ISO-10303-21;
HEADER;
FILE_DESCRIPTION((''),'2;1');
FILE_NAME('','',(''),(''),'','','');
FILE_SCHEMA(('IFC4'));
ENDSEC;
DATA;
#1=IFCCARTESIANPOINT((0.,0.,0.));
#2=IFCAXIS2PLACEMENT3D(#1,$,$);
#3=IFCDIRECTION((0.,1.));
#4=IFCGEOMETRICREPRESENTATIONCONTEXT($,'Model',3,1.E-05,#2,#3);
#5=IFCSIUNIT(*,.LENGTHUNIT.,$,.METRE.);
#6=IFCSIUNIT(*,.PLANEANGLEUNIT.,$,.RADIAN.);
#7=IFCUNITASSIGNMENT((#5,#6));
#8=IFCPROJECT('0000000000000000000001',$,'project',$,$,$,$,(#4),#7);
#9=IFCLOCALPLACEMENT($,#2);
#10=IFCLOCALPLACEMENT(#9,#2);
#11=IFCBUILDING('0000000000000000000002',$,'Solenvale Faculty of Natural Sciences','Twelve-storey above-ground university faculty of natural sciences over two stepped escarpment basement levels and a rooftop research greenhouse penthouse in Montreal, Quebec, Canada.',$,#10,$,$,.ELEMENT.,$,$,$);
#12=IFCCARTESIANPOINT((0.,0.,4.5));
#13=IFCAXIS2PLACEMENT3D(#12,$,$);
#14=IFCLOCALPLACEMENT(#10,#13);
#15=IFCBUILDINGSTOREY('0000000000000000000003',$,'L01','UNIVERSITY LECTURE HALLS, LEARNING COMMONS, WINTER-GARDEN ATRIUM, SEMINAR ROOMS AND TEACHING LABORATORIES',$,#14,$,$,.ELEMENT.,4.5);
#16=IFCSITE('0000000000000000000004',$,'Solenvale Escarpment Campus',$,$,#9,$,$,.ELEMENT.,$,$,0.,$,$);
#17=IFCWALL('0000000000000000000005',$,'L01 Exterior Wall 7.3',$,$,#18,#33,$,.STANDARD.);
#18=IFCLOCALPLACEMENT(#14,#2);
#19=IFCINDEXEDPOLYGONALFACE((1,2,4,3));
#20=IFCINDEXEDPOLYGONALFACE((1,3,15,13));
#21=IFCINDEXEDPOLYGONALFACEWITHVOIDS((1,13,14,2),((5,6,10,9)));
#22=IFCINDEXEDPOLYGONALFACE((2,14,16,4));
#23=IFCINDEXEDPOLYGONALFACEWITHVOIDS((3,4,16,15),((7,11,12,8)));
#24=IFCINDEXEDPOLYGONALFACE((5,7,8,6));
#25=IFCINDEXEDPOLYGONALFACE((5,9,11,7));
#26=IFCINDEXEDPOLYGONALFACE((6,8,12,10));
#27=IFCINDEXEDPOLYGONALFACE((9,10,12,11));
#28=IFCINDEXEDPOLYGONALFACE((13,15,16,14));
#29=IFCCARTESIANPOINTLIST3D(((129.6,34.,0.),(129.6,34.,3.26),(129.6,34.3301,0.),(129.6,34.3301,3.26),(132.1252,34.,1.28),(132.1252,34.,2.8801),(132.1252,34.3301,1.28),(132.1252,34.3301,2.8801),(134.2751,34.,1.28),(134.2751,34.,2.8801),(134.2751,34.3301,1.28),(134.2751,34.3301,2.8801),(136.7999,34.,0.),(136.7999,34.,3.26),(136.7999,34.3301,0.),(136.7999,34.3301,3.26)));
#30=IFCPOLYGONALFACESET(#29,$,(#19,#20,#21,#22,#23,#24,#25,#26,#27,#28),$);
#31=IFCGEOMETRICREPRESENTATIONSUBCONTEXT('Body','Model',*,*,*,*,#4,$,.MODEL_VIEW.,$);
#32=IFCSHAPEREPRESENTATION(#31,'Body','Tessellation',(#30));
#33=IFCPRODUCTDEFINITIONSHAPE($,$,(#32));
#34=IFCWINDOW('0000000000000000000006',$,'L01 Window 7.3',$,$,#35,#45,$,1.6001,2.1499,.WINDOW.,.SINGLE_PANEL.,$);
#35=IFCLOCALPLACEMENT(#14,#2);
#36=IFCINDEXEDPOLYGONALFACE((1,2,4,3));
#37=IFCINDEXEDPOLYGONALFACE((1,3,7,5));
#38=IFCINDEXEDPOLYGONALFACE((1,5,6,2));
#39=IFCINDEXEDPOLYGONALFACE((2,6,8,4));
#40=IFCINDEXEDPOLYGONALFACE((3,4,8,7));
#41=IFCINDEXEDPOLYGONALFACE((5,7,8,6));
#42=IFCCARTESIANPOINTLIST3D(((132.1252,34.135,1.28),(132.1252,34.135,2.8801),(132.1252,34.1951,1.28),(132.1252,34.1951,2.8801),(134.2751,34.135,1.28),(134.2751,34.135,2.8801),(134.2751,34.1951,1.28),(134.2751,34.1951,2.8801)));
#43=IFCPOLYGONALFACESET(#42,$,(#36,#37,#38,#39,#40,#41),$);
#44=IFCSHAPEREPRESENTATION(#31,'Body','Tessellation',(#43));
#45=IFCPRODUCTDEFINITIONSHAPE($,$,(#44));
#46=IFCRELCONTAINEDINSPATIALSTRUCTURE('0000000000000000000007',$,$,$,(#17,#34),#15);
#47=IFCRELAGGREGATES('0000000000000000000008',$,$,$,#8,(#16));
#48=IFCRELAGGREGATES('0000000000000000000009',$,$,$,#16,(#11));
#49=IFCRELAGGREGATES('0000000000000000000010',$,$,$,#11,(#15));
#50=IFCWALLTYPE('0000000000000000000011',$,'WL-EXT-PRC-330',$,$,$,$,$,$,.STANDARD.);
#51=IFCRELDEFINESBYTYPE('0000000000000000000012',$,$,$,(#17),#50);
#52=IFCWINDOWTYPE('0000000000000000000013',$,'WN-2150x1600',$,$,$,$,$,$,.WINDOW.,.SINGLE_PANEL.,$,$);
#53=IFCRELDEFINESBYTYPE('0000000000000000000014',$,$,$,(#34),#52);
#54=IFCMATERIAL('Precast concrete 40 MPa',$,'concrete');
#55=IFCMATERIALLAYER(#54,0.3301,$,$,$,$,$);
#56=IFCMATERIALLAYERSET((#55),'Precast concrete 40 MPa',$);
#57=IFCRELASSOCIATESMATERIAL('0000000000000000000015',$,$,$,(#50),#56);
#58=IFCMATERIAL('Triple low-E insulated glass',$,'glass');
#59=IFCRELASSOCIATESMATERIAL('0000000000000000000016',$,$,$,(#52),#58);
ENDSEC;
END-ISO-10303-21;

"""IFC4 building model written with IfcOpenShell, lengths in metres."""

from ifc_helpers import new_model, si_unit, direction, frame, frame_2d, origin, place, context, subcontext, project, spatial, rectangle, extrude, material, layer, layer_set, type_object, element, fill, save


model = new_model("IFC4")

# Units and contexts
model_context = context("Model", 3, precision=1e-05, world=origin(), true_north=direction((0.0, 1.0)))
body_context = subcontext(model_context, "Body", "Model", "MODEL_VIEW")
ifc_project = project(units=[si_unit("LENGTHUNIT", "METRE"), si_unit("PLANEANGLEUNIT", "RADIAN")], contexts=[model_context])

# Site, building, storey
site_placement = place(None, origin())
site = spatial("IfcSite", under=ifc_project, at=site_placement, Name="Solenvale Escarpment Campus", CompositionType="ELEMENT", RefElevation=0.0)
building_placement = place(site_placement, origin())
building = spatial("IfcBuilding", under=site, at=building_placement, Name="Solenvale Faculty of Natural Sciences", Description="Twelve-storey above-ground university faculty of natural sciences over two stepped escarpment basement levels and a rooftop research greenhouse penthouse in Montreal, Quebec, Canada.", CompositionType="ELEMENT")
storey_placement = place(building_placement, frame((0.0, 0.0, 4.5)))
storey = spatial("IfcBuildingStorey", under=building, at=storey_placement, Name="L01", Description="UNIVERSITY LECTURE HALLS, LEARNING COMMONS, WINTER-GARDEN ATRIUM, SEMINAR ROOMS AND TEACHING LABORATORIES", CompositionType="ELEMENT", Elevation=4.5)

# Wall, opening, window
ifc_material_1 = material(Name="Precast concrete 40 MPa", Category="concrete")
ifc_material_2 = material(Name="Triple low-E insulated glass", Category="glass")
ifc_layer_1 = layer(ifc_material_1, 0.3301)
ifc_layer_set_1 = layer_set([ifc_layer_1], Name="Precast concrete 40 MPa")
wall_type_1 = type_object("IfcWallType", Name="WL-EXT-PRC-330", PredefinedType="STANDARD", material=ifc_layer_set_1)
wall_1_placement = place(storey_placement, frame((136.8, 34.165, 0.0), z_axis=(0.0, 0.0, 1.0), x_axis=(-1.0, 0.0, 0.0)))
wall_1 = element("IfcWall", 1, at=wall_1_placement, inside=storey, type_object=wall_type_1, Name="L01 Exterior Wall 7.3", PredefinedType="STANDARD", context=body_context, shape_type="SweptSolid", body=[
    extrude(rectangle(XDim=7.2, YDim=0.3301, at=frame_2d((3.6001, 0.0))), origin(), (0.0, 0.0, 1.0), 3.26),
])
opening_1_placement = place(wall_1_placement, frame((2.5249, 0.0, 1.28)))
opening_1 = element("IfcOpeningElement", 2, at=opening_1_placement, cuts=wall_1, PredefinedType="OPENING", context=body_context, shape_type="SweptSolid", body=[
    extrude(rectangle(XDim=2.1499, YDim=1.6001, at=frame_2d((1.075, 0.8))), frame((0.0, 0.175, 0.0), z_axis=(0.0, -1.0, 0.0), x_axis=(1.0, 0.0, 0.0)), (0.0, 0.0, 1.0), 0.3501),
])
window_type_1 = type_object("IfcWindowType", Name="WN-2150x1600", PartitioningType="SINGLE_PANEL", PredefinedType="WINDOW", material=ifc_material_2)
window_1_placement = place(opening_1_placement, origin())
window_1 = element("IfcWindow", 3, at=window_1_placement, inside=storey, type_object=window_type_1, Name="L01 Window 7.3", OverallHeight=1.6001, OverallWidth=2.1499, PartitioningType="SINGLE_PANEL", PredefinedType="WINDOW", context=body_context, shape_type="SweptSolid", body=[
    extrude(rectangle(XDim=2.1499, YDim=1.6001, at=frame_2d((1.075, 0.8))), frame((0.0, 0.03, 0.0), z_axis=(0.0, -1.0, 0.0), x_axis=(1.0, 0.0, 0.0)), (0.0, 0.0, 1.0), 0.0601),
])
fill(opening_1, window_1)

save(model, "model.ifc")
